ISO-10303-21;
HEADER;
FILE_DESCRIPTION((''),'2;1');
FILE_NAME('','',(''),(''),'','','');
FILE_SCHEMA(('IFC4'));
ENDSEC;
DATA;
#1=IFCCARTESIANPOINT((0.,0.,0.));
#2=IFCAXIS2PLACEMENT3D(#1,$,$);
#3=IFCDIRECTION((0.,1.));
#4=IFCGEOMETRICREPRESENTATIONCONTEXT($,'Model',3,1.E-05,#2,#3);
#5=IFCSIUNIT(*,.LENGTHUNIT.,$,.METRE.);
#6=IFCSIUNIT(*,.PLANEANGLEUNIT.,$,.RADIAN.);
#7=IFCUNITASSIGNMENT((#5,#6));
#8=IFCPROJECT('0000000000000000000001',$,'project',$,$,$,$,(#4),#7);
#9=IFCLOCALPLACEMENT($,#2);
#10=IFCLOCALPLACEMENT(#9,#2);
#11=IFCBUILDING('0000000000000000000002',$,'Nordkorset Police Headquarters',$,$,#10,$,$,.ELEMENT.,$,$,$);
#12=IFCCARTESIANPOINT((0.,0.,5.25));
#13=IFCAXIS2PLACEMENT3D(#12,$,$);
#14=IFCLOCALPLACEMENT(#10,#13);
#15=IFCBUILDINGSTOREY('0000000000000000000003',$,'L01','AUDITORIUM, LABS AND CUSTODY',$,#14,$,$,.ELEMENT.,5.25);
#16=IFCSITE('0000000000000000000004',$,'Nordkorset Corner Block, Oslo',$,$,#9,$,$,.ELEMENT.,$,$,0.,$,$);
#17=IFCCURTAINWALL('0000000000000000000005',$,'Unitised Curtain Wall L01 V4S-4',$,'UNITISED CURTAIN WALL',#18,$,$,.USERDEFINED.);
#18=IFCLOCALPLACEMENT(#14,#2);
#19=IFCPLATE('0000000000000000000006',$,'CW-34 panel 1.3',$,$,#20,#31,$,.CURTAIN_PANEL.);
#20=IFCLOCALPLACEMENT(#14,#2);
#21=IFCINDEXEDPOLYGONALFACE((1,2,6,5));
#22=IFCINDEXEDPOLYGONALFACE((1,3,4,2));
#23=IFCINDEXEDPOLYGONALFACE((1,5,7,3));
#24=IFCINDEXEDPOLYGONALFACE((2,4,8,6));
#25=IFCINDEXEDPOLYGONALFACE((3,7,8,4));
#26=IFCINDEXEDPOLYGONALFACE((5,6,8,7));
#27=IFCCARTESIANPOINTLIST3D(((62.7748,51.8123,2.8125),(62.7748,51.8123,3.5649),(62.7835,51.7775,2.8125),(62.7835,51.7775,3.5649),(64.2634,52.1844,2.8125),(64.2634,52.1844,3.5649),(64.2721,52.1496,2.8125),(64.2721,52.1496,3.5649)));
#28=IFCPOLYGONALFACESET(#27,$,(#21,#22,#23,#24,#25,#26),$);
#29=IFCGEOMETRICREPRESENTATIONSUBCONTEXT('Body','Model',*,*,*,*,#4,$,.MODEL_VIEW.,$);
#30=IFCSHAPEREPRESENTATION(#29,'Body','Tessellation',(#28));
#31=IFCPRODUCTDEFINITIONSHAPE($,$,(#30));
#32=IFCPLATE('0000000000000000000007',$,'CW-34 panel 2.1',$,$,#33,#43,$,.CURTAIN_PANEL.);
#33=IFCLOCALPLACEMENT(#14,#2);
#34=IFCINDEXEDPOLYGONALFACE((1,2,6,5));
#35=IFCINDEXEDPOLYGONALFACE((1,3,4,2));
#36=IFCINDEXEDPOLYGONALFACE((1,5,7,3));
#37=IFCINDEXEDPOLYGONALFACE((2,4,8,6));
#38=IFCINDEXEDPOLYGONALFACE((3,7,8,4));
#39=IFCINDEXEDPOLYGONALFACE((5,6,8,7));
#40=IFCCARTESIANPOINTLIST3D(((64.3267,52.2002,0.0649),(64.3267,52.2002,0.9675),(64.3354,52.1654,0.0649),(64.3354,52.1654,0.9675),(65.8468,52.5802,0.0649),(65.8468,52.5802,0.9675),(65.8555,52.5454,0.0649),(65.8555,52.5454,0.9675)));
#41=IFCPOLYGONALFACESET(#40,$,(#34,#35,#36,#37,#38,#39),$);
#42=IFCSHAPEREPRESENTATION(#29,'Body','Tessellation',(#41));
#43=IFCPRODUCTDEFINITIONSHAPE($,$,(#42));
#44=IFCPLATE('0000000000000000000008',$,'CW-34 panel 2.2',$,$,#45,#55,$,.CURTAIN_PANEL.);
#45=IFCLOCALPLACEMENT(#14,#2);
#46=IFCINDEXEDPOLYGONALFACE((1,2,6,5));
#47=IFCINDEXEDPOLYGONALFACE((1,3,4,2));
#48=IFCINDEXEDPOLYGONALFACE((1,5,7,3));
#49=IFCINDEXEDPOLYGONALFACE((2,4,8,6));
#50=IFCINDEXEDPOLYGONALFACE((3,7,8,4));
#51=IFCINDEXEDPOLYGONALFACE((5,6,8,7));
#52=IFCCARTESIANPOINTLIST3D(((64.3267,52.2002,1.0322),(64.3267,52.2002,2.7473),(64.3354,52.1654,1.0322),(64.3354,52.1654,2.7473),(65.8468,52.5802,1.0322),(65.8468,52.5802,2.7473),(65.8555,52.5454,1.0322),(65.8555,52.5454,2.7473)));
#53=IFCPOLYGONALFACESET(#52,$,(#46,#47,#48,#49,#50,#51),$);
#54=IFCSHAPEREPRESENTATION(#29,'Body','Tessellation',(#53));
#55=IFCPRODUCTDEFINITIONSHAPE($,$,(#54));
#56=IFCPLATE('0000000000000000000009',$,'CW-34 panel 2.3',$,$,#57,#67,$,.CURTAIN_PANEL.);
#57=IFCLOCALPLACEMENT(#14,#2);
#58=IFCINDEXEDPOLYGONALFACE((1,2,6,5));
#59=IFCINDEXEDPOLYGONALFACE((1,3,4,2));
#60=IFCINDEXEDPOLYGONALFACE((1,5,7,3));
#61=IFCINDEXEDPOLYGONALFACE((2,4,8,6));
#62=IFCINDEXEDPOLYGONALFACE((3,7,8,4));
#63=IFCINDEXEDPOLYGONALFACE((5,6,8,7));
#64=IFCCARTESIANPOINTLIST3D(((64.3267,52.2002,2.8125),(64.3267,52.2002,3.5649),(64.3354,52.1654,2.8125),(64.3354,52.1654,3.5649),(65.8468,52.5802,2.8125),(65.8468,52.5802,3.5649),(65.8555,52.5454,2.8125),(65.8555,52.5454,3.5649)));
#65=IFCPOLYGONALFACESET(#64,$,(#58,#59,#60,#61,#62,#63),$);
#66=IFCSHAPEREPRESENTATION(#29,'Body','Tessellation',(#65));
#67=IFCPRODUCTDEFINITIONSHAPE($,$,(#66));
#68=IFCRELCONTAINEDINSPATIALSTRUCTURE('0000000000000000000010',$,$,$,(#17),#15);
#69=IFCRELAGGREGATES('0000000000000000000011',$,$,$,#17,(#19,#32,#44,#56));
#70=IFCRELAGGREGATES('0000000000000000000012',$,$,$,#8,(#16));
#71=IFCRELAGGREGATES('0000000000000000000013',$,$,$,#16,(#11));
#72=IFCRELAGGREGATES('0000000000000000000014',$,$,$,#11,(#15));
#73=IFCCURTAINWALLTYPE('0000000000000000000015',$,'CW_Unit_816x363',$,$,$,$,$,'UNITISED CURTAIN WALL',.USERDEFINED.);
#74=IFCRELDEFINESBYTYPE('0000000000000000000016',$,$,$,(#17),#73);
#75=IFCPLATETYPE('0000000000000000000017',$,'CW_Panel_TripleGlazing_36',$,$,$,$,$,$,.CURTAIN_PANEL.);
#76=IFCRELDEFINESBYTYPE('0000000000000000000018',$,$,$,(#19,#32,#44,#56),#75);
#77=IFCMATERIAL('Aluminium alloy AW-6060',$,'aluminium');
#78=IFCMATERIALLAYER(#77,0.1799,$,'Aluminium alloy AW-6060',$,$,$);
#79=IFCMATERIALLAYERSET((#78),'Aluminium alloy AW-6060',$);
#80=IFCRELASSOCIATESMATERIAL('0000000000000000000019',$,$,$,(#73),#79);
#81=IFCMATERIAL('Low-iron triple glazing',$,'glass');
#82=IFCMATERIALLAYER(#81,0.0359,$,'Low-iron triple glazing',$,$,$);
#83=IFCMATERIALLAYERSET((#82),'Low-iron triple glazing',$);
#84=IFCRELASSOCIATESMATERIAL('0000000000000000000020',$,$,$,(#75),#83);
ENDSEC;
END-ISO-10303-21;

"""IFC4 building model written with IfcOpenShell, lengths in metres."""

from ifc_helpers import new_model, si_unit, direction, frame, origin, origin_2d, place, context, subcontext, project, spatial, rectangle, extrude, material, layer, layer_set, type_object, element, aggregate, save


model = new_model("IFC4")

# Units and contexts
model_context = context("Model", 3, precision=1e-05, world=origin(), true_north=direction((0.0, 1.0)))
body_context = subcontext(model_context, "Body", "Model", "MODEL_VIEW")
ifc_project = project(units=[si_unit("LENGTHUNIT", "METRE"), si_unit("PLANEANGLEUNIT", "RADIAN")], contexts=[model_context])

# Site, building, storey
site_placement = place(None, origin())
site = spatial("IfcSite", under=ifc_project, at=site_placement, Name="Nordkorset Corner Block, Oslo", CompositionType="ELEMENT", RefElevation=0.0)
building_placement = place(site_placement, origin())
building = spatial("IfcBuilding", under=site, at=building_placement, Name="Nordkorset Police Headquarters", CompositionType="ELEMENT")
storey_placement = place(building_placement, frame((0.0, 0.0, 5.25)))
storey = spatial("IfcBuildingStorey", under=building, at=storey_placement, Name="L01", Description="AUDITORIUM, LABS AND CUSTODY", CompositionType="ELEMENT", Elevation=5.25)

# Curtain wall
ifc_material_1 = material(Name="Aluminium alloy AW-6060", Category="aluminium")
ifc_layer_1 = layer(ifc_material_1, 0.1799, Name="Aluminium alloy AW-6060")
ifc_layer_set_1 = layer_set([ifc_layer_1], Name="Aluminium alloy AW-6060")
curtain_wall_type_1 = type_object("IfcCurtainWallType", Name="CW_Unit_816x363", ElementType="UNITISED CURTAIN WALL", PredefinedType="USERDEFINED", material=ifc_layer_set_1)
curtain_wall_1_placement = place(storey_placement, origin())
curtain_wall_1 = element("IfcCurtainWall", 1, at=curtain_wall_1_placement, inside=storey, type_object=curtain_wall_type_1, Name="Unitised Curtain Wall L01 V4S-4", ObjectType="UNITISED CURTAIN WALL", PredefinedType="USERDEFINED")

# Plates
ifc_material_2 = material(Name="Low-iron triple glazing", Category="glass")
ifc_layer_2 = layer(ifc_material_2, 0.0359, Name="Low-iron triple glazing")
ifc_layer_set_2 = layer_set([ifc_layer_2], Name="Low-iron triple glazing")
plate_type = type_object("IfcPlateType", Name="CW_Panel_TripleGlazing_36", PredefinedType="CURTAIN_PANEL", material=ifc_layer_set_2)
plate_1_placement = place(storey_placement, frame((63.5234, 51.981, 2.8125), z_axis=(0.0, 0.0, 1.0), x_axis=(0.970143, 0.242536, 0.0)))
plate_1 = element("IfcPlate", 2, at=plate_1_placement, type_object=plate_type, Name="CW-34 panel 1.3", PredefinedType="CURTAIN_PANEL", context=body_context, shape_type="SweptSolid", body=[
    extrude(rectangle(XDim=1.5344, YDim=0.0359, at=origin_2d()), origin(), (0.0, 0.0, 1.0), 0.7524),
])
plate_2_placement = place(storey_placement, frame((65.0911, 52.3728, 0.0649), z_axis=(0.0, 0.0, 1.0), x_axis=(0.970143, 0.242536, 0.0)))
plate_2 = element("IfcPlate", 3, at=plate_2_placement, type_object=plate_type, Name="CW-34 panel 2.1", PredefinedType="CURTAIN_PANEL", context=body_context, shape_type="SweptSolid", body=[
    extrude(rectangle(XDim=1.5669, YDim=0.0359, at=origin_2d()), origin(), (0.0, 0.0, 1.0), 0.9026),
])
plate_3_placement = place(storey_placement, frame((65.0911, 52.3728, 1.0322), z_axis=(0.0, 0.0, 1.0), x_axis=(0.970143, 0.242536, 0.0)))
plate_3 = element("IfcPlate", 4, at=plate_3_placement, type_object=plate_type, Name="CW-34 panel 2.2", PredefinedType="CURTAIN_PANEL", context=body_context, shape_type="SweptSolid", body=[
    extrude(rectangle(XDim=1.5669, YDim=0.0359, at=origin_2d()), origin(), (0.0, 0.0, 1.0), 1.7151),
])
plate_4_placement = place(storey_placement, frame((65.0911, 52.3728, 2.8125), z_axis=(0.0, 0.0, 1.0), x_axis=(0.970143, 0.242536, 0.0)))
plate_4 = element("IfcPlate", 5, at=plate_4_placement, type_object=plate_type, Name="CW-34 panel 2.3", PredefinedType="CURTAIN_PANEL", context=body_context, shape_type="SweptSolid", body=[
    extrude(rectangle(XDim=1.5669, YDim=0.0359, at=origin_2d()), origin(), (0.0, 0.0, 1.0), 0.7524),
])
aggregate(curtain_wall_1, [plate_1, plate_2, plate_3, plate_4])

save(model, "model.ifc")
